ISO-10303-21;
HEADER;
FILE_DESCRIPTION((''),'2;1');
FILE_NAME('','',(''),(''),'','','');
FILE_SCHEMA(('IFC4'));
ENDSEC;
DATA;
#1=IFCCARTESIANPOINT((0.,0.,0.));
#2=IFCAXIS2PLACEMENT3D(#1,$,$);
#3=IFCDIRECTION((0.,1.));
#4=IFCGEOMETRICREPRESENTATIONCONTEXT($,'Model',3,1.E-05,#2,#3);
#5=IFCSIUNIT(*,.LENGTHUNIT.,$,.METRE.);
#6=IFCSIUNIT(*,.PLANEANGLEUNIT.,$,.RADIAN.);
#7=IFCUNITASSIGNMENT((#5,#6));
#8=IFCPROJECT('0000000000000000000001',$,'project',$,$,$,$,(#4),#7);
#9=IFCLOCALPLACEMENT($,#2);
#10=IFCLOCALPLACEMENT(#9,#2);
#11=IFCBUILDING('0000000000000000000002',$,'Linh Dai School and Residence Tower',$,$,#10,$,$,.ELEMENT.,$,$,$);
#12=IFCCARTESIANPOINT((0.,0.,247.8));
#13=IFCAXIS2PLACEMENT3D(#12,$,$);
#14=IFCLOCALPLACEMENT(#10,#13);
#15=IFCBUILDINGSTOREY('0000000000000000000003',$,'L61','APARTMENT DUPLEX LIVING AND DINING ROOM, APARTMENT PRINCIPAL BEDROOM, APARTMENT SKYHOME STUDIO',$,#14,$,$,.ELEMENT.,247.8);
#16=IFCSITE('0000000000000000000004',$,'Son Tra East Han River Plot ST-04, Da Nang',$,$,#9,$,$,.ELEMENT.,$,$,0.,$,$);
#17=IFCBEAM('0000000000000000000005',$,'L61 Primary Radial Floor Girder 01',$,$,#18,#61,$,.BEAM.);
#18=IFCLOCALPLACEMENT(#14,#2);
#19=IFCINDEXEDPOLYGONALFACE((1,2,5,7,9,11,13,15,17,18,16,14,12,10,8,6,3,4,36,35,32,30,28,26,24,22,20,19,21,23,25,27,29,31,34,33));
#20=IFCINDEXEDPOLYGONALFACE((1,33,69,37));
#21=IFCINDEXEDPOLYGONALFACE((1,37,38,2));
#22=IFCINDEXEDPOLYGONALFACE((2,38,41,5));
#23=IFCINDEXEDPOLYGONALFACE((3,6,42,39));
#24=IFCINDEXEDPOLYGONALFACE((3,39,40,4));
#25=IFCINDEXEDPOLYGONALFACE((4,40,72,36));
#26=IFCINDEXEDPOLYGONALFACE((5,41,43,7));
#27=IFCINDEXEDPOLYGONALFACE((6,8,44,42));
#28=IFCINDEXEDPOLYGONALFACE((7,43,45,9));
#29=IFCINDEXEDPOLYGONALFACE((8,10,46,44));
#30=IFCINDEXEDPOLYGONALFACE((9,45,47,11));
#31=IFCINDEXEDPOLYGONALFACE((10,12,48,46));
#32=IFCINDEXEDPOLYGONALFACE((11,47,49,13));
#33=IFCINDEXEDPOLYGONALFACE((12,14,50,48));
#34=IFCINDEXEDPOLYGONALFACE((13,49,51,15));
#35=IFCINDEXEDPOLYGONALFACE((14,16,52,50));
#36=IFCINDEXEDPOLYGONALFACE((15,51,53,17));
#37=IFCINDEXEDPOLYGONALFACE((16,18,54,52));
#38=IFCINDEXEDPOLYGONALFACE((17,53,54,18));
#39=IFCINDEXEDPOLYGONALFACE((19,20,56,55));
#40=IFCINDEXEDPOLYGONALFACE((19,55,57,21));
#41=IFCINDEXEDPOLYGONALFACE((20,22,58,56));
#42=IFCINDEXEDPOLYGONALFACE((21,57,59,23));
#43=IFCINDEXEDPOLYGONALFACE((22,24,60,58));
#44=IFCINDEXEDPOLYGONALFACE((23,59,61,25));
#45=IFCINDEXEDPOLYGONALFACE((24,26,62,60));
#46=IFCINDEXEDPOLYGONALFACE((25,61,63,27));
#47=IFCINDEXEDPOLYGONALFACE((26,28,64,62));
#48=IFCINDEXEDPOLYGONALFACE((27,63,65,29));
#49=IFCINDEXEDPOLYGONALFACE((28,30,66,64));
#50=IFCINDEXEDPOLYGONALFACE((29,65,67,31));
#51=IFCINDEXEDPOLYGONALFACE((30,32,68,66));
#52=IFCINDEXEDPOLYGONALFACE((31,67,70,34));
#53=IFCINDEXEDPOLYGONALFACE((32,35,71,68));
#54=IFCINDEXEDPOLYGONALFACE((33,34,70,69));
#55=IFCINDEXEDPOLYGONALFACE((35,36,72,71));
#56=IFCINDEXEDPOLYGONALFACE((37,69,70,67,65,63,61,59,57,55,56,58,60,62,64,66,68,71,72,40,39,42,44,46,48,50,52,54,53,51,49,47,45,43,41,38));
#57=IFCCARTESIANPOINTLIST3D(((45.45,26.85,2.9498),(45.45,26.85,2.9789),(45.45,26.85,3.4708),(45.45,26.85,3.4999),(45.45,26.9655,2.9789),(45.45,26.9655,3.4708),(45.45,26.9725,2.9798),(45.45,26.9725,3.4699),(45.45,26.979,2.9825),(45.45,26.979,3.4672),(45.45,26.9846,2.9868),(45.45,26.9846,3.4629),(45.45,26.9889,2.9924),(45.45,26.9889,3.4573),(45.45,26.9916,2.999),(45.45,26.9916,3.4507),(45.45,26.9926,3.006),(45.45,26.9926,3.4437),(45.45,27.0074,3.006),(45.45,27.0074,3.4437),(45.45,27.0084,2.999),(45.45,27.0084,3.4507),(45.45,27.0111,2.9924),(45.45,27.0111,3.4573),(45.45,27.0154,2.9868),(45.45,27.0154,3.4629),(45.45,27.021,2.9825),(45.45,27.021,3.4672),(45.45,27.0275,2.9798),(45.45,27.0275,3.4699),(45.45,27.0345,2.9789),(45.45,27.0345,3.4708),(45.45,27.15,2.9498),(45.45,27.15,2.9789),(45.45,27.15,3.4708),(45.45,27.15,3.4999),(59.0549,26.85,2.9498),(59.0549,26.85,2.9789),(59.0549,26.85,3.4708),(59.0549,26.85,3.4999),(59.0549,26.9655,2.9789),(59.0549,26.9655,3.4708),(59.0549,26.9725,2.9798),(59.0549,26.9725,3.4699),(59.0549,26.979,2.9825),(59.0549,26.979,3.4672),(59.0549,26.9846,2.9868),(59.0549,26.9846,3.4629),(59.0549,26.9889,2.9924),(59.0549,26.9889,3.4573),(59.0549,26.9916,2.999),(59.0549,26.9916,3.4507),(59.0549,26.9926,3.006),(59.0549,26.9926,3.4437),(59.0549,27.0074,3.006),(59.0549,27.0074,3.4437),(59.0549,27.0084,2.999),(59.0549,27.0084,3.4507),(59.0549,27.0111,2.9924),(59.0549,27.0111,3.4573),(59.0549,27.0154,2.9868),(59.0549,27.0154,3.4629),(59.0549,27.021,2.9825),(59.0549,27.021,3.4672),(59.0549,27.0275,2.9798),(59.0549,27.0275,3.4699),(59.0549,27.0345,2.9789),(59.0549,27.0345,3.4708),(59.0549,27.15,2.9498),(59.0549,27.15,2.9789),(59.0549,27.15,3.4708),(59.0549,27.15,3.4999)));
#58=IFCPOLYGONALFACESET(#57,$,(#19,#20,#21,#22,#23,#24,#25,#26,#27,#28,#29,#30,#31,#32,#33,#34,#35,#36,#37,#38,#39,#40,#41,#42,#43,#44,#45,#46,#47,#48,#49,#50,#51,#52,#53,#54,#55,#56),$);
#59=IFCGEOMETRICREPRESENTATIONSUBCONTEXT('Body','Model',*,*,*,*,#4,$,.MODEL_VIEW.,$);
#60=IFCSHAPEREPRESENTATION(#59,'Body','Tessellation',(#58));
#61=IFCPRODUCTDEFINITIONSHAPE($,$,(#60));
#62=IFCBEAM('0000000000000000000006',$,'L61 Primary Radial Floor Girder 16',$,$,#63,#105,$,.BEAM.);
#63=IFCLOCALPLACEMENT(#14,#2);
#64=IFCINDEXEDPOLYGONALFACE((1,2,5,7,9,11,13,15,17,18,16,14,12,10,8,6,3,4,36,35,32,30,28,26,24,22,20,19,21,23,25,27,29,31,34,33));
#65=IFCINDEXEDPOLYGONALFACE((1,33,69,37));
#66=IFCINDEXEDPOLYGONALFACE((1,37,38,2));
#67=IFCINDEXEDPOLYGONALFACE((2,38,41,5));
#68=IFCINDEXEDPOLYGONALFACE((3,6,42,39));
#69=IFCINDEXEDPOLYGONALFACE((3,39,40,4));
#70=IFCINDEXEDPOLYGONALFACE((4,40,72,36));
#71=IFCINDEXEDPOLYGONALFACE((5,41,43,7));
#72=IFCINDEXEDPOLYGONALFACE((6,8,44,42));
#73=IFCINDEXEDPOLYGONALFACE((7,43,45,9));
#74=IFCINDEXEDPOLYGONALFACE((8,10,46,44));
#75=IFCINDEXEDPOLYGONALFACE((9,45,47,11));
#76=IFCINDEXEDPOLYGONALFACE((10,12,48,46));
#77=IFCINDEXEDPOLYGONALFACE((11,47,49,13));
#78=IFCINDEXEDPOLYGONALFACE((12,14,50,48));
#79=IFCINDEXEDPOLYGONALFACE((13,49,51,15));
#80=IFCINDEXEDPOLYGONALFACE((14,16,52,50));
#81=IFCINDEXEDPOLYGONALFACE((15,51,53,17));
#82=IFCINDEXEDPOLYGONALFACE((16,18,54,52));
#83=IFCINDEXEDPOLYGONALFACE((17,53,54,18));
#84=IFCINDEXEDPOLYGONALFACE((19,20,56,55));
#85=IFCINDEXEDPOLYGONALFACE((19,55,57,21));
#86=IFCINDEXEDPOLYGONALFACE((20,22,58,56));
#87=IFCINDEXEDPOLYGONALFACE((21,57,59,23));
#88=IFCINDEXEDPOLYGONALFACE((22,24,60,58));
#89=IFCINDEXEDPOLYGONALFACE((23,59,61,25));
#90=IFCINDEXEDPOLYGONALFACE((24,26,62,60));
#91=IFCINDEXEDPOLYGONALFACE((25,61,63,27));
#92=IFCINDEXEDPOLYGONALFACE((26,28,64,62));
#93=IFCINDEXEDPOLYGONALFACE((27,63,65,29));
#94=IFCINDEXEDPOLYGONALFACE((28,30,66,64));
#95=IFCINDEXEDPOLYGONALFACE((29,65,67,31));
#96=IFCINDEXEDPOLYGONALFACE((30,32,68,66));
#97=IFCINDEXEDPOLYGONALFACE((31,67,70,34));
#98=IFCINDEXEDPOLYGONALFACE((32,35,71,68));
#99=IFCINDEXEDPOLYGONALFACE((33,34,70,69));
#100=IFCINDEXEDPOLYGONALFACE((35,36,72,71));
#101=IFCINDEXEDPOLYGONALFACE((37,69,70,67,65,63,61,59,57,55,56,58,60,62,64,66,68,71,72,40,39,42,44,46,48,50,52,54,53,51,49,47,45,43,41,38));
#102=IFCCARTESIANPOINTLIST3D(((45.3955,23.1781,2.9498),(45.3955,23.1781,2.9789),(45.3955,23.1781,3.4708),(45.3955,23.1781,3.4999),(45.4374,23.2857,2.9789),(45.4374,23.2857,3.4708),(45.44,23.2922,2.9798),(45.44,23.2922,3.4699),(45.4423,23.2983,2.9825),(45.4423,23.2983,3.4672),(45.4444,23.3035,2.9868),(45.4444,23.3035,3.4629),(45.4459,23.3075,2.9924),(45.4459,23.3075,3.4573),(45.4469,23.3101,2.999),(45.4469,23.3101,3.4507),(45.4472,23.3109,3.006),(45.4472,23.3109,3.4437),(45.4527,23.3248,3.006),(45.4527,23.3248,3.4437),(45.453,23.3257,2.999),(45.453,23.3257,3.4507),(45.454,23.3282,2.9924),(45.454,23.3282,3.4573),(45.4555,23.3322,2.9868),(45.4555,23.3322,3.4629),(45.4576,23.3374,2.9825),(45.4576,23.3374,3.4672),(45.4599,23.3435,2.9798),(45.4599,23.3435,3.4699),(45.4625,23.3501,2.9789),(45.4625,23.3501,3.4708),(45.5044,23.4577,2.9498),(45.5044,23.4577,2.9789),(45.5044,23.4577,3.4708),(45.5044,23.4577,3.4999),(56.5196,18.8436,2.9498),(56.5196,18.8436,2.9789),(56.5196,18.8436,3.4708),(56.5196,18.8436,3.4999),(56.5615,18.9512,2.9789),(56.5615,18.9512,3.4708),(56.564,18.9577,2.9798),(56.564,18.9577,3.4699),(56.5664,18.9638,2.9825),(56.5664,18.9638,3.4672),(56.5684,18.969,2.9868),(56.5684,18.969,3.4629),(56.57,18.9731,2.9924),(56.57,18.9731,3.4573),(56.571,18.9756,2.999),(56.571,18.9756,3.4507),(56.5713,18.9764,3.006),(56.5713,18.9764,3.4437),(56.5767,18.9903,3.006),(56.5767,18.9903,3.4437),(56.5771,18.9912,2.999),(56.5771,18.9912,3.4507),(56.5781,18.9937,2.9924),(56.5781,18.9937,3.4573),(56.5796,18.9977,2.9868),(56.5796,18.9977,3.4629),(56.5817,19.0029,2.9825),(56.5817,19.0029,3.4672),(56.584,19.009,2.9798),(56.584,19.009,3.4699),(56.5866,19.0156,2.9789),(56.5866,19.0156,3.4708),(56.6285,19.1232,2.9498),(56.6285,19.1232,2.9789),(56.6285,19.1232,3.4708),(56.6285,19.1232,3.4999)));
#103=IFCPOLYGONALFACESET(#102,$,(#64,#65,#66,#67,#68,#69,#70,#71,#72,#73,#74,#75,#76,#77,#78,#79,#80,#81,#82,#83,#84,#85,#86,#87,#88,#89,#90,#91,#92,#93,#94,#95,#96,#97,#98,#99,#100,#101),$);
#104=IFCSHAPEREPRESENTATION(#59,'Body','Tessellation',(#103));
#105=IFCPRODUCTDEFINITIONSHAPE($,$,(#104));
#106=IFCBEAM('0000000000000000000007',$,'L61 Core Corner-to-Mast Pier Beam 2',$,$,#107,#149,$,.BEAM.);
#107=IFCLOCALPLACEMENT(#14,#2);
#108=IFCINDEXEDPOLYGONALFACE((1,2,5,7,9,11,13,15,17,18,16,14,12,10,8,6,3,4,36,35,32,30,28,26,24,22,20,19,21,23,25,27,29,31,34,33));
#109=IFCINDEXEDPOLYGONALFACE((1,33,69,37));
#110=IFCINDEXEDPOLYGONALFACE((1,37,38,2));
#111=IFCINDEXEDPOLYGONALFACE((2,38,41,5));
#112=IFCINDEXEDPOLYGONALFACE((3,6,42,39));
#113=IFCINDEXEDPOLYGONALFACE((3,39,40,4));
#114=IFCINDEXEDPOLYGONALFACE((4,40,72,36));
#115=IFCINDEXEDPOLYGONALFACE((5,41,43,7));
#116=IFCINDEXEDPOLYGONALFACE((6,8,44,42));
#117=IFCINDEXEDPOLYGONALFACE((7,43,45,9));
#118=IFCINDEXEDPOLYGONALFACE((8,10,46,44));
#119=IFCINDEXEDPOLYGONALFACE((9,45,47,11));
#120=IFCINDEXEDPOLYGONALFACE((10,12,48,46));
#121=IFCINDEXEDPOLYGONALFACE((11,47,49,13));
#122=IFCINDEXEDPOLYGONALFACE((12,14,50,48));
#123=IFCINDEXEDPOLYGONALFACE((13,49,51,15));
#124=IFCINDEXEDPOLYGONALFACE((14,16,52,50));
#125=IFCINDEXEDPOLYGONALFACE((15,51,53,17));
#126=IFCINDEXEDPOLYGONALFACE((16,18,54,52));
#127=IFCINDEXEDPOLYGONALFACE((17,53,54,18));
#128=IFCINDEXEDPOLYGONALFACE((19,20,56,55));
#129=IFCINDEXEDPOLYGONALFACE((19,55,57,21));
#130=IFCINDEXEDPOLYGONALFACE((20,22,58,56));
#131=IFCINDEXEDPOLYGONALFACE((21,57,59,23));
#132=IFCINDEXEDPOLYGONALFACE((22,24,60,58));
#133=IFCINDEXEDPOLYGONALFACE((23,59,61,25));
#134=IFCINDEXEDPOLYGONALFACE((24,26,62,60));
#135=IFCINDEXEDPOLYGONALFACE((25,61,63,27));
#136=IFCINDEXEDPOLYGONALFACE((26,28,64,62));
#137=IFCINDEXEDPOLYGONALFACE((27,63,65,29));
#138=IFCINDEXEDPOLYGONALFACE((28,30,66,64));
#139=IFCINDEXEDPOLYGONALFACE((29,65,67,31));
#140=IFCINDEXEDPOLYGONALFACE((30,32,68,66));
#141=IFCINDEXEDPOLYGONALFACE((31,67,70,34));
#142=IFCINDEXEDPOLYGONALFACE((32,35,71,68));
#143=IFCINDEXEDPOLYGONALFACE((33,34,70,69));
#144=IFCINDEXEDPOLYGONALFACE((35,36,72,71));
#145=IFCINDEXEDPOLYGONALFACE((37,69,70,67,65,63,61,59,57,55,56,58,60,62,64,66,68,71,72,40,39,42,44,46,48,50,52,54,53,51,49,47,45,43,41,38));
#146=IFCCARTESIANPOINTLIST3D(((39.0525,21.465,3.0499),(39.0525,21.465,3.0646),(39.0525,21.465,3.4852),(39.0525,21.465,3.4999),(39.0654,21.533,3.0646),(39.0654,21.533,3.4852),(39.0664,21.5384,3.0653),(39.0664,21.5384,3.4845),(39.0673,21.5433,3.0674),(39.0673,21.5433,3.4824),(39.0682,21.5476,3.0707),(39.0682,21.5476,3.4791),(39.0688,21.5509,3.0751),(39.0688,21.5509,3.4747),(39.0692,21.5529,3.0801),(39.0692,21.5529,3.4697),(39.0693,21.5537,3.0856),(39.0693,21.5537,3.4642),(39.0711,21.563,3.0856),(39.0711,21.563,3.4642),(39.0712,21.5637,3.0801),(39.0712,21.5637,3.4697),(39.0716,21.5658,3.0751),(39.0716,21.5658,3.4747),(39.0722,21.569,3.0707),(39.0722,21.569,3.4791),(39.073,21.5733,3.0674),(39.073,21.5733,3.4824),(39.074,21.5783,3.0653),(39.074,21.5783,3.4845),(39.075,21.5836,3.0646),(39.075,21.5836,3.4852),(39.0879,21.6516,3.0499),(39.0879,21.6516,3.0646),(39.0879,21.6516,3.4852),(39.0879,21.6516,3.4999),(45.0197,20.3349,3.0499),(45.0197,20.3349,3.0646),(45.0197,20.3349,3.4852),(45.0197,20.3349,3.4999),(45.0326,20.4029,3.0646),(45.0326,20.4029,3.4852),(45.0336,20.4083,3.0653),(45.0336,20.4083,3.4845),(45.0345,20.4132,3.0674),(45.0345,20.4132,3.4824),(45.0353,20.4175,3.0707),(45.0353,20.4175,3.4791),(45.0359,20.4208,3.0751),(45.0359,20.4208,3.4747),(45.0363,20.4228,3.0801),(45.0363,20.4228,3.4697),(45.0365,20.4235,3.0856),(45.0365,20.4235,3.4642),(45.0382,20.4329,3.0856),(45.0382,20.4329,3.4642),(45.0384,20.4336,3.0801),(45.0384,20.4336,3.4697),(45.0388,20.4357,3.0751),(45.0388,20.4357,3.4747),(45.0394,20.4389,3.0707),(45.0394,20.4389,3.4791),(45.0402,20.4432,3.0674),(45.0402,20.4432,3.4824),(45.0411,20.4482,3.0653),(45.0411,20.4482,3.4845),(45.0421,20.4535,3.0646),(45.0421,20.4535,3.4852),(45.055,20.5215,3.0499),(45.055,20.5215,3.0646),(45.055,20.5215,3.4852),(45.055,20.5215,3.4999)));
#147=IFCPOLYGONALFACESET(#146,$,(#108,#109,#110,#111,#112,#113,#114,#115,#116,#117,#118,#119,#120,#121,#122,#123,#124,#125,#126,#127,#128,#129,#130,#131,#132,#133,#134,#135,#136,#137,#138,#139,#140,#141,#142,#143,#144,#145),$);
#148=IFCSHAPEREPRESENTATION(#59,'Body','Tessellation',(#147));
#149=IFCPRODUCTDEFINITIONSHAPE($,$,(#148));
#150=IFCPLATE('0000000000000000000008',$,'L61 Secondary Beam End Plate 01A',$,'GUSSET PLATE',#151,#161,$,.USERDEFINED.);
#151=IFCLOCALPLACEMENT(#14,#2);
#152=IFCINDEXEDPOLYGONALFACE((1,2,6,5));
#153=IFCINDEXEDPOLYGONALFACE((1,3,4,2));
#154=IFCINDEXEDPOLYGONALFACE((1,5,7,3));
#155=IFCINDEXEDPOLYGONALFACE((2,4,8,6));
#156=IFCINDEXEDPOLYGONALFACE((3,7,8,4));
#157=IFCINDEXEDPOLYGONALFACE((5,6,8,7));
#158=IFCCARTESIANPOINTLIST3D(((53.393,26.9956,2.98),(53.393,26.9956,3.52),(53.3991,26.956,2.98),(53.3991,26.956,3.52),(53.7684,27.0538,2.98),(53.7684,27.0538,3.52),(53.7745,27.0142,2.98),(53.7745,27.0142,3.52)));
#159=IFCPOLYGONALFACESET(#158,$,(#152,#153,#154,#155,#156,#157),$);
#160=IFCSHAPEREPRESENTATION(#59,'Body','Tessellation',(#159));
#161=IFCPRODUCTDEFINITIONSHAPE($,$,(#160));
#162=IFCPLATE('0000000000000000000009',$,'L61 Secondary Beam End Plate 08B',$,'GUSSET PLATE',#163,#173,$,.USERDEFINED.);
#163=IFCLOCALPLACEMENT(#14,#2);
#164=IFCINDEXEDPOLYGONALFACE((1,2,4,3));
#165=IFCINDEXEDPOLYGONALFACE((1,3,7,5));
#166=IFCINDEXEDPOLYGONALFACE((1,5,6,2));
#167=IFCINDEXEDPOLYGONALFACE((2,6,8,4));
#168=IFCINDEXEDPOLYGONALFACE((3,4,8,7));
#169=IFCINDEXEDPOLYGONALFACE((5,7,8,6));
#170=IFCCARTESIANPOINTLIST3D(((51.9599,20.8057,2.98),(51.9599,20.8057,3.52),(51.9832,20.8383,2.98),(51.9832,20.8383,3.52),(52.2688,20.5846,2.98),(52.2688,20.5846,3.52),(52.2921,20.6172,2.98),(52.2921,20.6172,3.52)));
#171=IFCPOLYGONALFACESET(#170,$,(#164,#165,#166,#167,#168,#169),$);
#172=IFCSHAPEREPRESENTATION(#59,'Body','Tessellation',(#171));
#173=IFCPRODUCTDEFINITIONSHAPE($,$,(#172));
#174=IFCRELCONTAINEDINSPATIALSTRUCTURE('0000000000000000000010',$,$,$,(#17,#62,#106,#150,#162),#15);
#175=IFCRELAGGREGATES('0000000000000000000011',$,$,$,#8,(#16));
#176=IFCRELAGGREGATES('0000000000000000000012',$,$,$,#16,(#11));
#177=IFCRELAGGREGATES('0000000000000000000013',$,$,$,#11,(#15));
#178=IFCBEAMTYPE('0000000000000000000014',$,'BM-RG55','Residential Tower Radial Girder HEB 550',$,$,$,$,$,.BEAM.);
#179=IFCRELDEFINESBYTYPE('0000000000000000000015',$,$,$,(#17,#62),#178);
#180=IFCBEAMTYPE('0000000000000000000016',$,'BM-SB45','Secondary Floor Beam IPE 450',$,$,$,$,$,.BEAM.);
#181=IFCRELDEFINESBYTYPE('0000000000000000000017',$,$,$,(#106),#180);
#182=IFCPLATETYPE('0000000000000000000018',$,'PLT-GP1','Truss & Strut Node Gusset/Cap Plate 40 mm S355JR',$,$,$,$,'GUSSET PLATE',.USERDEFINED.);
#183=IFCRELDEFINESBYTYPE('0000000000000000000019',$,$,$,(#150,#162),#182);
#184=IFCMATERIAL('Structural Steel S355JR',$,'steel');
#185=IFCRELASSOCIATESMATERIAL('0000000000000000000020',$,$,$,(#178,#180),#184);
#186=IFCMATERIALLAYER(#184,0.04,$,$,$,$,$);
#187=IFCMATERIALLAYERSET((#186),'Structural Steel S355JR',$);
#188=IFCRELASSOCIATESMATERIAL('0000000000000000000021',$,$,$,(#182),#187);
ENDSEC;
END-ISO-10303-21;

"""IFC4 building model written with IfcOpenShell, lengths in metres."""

from ifc_helpers import new_model, si_unit, direction, frame, origin, origin_2d, place, context, subcontext, project, spatial, rectangle, i_section, extrude, source, transform, mapped, material, layer, layer_set, material_profile, profile_set, type_object, element, save


model = new_model("IFC4")

# Units and contexts
model_context = context("Model", 3, precision=1e-05, world=origin(), true_north=direction((0.0, 1.0)))
body_context = subcontext(model_context, "Body", "Model", "MODEL_VIEW")
ifc_project = project(units=[si_unit("LENGTHUNIT", "METRE"), si_unit("PLANEANGLEUNIT", "RADIAN")], contexts=[model_context])

# Site, building, storey
site_placement = place(None, origin())
site = spatial("IfcSite", under=ifc_project, at=site_placement, Name="Son Tra East Han River Plot ST-04, Da Nang", CompositionType="ELEMENT", RefElevation=0.0)
building_placement = place(site_placement, origin())
building = spatial("IfcBuilding", under=site, at=building_placement, Name="Linh Dai School and Residence Tower", CompositionType="ELEMENT")
storey_placement = place(building_placement, frame((0.0, 0.0, 247.8)))
storey = spatial("IfcBuildingStorey", under=building, at=storey_placement, Name="L61", Description="APARTMENT DUPLEX LIVING AND DINING ROOM, APARTMENT PRINCIPAL BEDROOM, APARTMENT SKYHOME STUDIO", CompositionType="ELEMENT", Elevation=247.8)

# Shared definitions
ifc_material_1 = material(Name="Structural Steel S355JR", Category="steel")

# Beams
ifc_material_profile_1 = material_profile(ifc_material_1, i_section(OverallWidth=0.3, OverallDepth=0.55, WebThickness=0.0149, FlangeThickness=0.0291, FilletRadius=0.0271, at=origin_2d()), Name="HEB 550")
ifc_profile_set_1 = profile_set([ifc_material_profile_1], Name="Structural Steel S355JR")
beam_type_1 = type_object("IfcBeamType", Name="BM-RG55", Description="Residential Tower Radial Girder HEB 550", PredefinedType="BEAM", material=ifc_profile_set_1)
beam_1_placement = place(storey_placement, frame((45.45, 27.0, 3.2249), z_axis=(1.0, 0.0, 0.0), x_axis=(0.0, 1.0, 0.0)))
element("IfcBeam", 1, at=beam_1_placement, inside=storey, type_object=beam_type_1, Name="L61 Primary Radial Floor Girder 01", PredefinedType="BEAM", context=body_context, shape_type="SweptSolid", body=[
    extrude(i_section(OverallWidth=0.3, OverallDepth=0.55, WebThickness=0.0149, FlangeThickness=0.0291, FilletRadius=0.0271, at=origin_2d()), origin(), (0.0, 0.0, 1.0), 13.605),
])
beam_2_placement = place(storey_placement, frame((45.45, 23.3179, 3.2249), z_axis=(0.931765, -0.363062, 0.0), x_axis=(0.363062, 0.931765, 0.0)))
element("IfcBeam", 2, at=beam_2_placement, inside=storey, type_object=beam_type_1, Name="L61 Primary Radial Floor Girder 16", PredefinedType="BEAM", context=body_context, shape_type="SweptSolid", body=[
    extrude(i_section(OverallWidth=0.3, OverallDepth=0.55, WebThickness=0.0149, FlangeThickness=0.0291, FilletRadius=0.0271, at=origin_2d()), origin(), (0.0, 0.0, 1.0), 11.9387),
])
ifc_material_profile_2 = material_profile(ifc_material_1, i_section(OverallWidth=0.1899, OverallDepth=0.45, WebThickness=0.0095, FlangeThickness=0.0146, FilletRadius=0.021, at=origin_2d()), Name="IPE 450")
ifc_profile_set_2 = profile_set([ifc_material_profile_2], Name="Structural Steel S355JR")
beam_type_2 = type_object("IfcBeamType", Name="BM-SB45", Description="Secondary Floor Beam IPE 450", PredefinedType="BEAM", material=ifc_profile_set_2)
beam_3_placement = place(storey_placement, frame((45.0374, 20.4282, 3.2749), z_axis=(-0.982535, 0.186079, 0.0), x_axis=(-0.186079, -0.982535, 0.0)))
element("IfcBeam", 3, at=beam_3_placement, inside=storey, type_object=beam_type_2, Name="L61 Core Corner-to-Mast Pier Beam 2", PredefinedType="BEAM", context=body_context, shape_type="SweptSolid", body=[
    extrude(i_section(OverallWidth=0.1899, OverallDepth=0.45, WebThickness=0.0095, FlangeThickness=0.0146, FilletRadius=0.021, at=origin_2d()), origin(), (0.0, 0.0, 1.0), 6.0732),
])

# Plates
ifc_layer_1 = layer(ifc_material_1, 0.04)
ifc_layer_set_1 = layer_set([ifc_layer_1], Name="Structural Steel S355JR")
plate_type = type_object("IfcPlateType", Name="PLT-GP1", Description="Truss & Strut Node Gusset/Cap Plate 40 mm S355JR", ElementType="GUSSET PLATE", PredefinedType="USERDEFINED", material=ifc_layer_set_1)
shared_shape_1 = source(origin(), body_context, "Body", "SweptSolid", [
    extrude(rectangle(XDim=0.04, YDim=0.3799, at=origin_2d()), origin(), (0.0, 0.0, 1.0), 0.54),
])
for number, where, z_axis, x_axis, name in (
    (4, (53.5837, 27.0049, 2.98), (0.0, 0.0, 1.0), (-0.153186, 0.988197, 0.0), "L61 Secondary Beam End Plate 01A"),
    (5, (52.126, 20.7114, 2.98), (0.0, 0.0, 1.0), (0.58204, 0.81316, 0.0), "L61 Secondary Beam End Plate 08B"),
):
    element("IfcPlate", number, at=place(storey_placement, frame(where, z_axis=z_axis, x_axis=x_axis)), inside=storey, type_object=plate_type, Name=name, ObjectType="GUSSET PLATE", PredefinedType="USERDEFINED", context=body_context, shape_type="MappedRepresentation", body=[
        mapped(shared_shape_1, transform((0.0, 0.0, 0.0), x_axis=(1.0, 0.0, 0.0), y_axis=(0.0, 1.0, 0.0), z_axis=(0.0, 0.0, 1.0), scale=1.0)),
    ])

save(model, "model.ifc")
